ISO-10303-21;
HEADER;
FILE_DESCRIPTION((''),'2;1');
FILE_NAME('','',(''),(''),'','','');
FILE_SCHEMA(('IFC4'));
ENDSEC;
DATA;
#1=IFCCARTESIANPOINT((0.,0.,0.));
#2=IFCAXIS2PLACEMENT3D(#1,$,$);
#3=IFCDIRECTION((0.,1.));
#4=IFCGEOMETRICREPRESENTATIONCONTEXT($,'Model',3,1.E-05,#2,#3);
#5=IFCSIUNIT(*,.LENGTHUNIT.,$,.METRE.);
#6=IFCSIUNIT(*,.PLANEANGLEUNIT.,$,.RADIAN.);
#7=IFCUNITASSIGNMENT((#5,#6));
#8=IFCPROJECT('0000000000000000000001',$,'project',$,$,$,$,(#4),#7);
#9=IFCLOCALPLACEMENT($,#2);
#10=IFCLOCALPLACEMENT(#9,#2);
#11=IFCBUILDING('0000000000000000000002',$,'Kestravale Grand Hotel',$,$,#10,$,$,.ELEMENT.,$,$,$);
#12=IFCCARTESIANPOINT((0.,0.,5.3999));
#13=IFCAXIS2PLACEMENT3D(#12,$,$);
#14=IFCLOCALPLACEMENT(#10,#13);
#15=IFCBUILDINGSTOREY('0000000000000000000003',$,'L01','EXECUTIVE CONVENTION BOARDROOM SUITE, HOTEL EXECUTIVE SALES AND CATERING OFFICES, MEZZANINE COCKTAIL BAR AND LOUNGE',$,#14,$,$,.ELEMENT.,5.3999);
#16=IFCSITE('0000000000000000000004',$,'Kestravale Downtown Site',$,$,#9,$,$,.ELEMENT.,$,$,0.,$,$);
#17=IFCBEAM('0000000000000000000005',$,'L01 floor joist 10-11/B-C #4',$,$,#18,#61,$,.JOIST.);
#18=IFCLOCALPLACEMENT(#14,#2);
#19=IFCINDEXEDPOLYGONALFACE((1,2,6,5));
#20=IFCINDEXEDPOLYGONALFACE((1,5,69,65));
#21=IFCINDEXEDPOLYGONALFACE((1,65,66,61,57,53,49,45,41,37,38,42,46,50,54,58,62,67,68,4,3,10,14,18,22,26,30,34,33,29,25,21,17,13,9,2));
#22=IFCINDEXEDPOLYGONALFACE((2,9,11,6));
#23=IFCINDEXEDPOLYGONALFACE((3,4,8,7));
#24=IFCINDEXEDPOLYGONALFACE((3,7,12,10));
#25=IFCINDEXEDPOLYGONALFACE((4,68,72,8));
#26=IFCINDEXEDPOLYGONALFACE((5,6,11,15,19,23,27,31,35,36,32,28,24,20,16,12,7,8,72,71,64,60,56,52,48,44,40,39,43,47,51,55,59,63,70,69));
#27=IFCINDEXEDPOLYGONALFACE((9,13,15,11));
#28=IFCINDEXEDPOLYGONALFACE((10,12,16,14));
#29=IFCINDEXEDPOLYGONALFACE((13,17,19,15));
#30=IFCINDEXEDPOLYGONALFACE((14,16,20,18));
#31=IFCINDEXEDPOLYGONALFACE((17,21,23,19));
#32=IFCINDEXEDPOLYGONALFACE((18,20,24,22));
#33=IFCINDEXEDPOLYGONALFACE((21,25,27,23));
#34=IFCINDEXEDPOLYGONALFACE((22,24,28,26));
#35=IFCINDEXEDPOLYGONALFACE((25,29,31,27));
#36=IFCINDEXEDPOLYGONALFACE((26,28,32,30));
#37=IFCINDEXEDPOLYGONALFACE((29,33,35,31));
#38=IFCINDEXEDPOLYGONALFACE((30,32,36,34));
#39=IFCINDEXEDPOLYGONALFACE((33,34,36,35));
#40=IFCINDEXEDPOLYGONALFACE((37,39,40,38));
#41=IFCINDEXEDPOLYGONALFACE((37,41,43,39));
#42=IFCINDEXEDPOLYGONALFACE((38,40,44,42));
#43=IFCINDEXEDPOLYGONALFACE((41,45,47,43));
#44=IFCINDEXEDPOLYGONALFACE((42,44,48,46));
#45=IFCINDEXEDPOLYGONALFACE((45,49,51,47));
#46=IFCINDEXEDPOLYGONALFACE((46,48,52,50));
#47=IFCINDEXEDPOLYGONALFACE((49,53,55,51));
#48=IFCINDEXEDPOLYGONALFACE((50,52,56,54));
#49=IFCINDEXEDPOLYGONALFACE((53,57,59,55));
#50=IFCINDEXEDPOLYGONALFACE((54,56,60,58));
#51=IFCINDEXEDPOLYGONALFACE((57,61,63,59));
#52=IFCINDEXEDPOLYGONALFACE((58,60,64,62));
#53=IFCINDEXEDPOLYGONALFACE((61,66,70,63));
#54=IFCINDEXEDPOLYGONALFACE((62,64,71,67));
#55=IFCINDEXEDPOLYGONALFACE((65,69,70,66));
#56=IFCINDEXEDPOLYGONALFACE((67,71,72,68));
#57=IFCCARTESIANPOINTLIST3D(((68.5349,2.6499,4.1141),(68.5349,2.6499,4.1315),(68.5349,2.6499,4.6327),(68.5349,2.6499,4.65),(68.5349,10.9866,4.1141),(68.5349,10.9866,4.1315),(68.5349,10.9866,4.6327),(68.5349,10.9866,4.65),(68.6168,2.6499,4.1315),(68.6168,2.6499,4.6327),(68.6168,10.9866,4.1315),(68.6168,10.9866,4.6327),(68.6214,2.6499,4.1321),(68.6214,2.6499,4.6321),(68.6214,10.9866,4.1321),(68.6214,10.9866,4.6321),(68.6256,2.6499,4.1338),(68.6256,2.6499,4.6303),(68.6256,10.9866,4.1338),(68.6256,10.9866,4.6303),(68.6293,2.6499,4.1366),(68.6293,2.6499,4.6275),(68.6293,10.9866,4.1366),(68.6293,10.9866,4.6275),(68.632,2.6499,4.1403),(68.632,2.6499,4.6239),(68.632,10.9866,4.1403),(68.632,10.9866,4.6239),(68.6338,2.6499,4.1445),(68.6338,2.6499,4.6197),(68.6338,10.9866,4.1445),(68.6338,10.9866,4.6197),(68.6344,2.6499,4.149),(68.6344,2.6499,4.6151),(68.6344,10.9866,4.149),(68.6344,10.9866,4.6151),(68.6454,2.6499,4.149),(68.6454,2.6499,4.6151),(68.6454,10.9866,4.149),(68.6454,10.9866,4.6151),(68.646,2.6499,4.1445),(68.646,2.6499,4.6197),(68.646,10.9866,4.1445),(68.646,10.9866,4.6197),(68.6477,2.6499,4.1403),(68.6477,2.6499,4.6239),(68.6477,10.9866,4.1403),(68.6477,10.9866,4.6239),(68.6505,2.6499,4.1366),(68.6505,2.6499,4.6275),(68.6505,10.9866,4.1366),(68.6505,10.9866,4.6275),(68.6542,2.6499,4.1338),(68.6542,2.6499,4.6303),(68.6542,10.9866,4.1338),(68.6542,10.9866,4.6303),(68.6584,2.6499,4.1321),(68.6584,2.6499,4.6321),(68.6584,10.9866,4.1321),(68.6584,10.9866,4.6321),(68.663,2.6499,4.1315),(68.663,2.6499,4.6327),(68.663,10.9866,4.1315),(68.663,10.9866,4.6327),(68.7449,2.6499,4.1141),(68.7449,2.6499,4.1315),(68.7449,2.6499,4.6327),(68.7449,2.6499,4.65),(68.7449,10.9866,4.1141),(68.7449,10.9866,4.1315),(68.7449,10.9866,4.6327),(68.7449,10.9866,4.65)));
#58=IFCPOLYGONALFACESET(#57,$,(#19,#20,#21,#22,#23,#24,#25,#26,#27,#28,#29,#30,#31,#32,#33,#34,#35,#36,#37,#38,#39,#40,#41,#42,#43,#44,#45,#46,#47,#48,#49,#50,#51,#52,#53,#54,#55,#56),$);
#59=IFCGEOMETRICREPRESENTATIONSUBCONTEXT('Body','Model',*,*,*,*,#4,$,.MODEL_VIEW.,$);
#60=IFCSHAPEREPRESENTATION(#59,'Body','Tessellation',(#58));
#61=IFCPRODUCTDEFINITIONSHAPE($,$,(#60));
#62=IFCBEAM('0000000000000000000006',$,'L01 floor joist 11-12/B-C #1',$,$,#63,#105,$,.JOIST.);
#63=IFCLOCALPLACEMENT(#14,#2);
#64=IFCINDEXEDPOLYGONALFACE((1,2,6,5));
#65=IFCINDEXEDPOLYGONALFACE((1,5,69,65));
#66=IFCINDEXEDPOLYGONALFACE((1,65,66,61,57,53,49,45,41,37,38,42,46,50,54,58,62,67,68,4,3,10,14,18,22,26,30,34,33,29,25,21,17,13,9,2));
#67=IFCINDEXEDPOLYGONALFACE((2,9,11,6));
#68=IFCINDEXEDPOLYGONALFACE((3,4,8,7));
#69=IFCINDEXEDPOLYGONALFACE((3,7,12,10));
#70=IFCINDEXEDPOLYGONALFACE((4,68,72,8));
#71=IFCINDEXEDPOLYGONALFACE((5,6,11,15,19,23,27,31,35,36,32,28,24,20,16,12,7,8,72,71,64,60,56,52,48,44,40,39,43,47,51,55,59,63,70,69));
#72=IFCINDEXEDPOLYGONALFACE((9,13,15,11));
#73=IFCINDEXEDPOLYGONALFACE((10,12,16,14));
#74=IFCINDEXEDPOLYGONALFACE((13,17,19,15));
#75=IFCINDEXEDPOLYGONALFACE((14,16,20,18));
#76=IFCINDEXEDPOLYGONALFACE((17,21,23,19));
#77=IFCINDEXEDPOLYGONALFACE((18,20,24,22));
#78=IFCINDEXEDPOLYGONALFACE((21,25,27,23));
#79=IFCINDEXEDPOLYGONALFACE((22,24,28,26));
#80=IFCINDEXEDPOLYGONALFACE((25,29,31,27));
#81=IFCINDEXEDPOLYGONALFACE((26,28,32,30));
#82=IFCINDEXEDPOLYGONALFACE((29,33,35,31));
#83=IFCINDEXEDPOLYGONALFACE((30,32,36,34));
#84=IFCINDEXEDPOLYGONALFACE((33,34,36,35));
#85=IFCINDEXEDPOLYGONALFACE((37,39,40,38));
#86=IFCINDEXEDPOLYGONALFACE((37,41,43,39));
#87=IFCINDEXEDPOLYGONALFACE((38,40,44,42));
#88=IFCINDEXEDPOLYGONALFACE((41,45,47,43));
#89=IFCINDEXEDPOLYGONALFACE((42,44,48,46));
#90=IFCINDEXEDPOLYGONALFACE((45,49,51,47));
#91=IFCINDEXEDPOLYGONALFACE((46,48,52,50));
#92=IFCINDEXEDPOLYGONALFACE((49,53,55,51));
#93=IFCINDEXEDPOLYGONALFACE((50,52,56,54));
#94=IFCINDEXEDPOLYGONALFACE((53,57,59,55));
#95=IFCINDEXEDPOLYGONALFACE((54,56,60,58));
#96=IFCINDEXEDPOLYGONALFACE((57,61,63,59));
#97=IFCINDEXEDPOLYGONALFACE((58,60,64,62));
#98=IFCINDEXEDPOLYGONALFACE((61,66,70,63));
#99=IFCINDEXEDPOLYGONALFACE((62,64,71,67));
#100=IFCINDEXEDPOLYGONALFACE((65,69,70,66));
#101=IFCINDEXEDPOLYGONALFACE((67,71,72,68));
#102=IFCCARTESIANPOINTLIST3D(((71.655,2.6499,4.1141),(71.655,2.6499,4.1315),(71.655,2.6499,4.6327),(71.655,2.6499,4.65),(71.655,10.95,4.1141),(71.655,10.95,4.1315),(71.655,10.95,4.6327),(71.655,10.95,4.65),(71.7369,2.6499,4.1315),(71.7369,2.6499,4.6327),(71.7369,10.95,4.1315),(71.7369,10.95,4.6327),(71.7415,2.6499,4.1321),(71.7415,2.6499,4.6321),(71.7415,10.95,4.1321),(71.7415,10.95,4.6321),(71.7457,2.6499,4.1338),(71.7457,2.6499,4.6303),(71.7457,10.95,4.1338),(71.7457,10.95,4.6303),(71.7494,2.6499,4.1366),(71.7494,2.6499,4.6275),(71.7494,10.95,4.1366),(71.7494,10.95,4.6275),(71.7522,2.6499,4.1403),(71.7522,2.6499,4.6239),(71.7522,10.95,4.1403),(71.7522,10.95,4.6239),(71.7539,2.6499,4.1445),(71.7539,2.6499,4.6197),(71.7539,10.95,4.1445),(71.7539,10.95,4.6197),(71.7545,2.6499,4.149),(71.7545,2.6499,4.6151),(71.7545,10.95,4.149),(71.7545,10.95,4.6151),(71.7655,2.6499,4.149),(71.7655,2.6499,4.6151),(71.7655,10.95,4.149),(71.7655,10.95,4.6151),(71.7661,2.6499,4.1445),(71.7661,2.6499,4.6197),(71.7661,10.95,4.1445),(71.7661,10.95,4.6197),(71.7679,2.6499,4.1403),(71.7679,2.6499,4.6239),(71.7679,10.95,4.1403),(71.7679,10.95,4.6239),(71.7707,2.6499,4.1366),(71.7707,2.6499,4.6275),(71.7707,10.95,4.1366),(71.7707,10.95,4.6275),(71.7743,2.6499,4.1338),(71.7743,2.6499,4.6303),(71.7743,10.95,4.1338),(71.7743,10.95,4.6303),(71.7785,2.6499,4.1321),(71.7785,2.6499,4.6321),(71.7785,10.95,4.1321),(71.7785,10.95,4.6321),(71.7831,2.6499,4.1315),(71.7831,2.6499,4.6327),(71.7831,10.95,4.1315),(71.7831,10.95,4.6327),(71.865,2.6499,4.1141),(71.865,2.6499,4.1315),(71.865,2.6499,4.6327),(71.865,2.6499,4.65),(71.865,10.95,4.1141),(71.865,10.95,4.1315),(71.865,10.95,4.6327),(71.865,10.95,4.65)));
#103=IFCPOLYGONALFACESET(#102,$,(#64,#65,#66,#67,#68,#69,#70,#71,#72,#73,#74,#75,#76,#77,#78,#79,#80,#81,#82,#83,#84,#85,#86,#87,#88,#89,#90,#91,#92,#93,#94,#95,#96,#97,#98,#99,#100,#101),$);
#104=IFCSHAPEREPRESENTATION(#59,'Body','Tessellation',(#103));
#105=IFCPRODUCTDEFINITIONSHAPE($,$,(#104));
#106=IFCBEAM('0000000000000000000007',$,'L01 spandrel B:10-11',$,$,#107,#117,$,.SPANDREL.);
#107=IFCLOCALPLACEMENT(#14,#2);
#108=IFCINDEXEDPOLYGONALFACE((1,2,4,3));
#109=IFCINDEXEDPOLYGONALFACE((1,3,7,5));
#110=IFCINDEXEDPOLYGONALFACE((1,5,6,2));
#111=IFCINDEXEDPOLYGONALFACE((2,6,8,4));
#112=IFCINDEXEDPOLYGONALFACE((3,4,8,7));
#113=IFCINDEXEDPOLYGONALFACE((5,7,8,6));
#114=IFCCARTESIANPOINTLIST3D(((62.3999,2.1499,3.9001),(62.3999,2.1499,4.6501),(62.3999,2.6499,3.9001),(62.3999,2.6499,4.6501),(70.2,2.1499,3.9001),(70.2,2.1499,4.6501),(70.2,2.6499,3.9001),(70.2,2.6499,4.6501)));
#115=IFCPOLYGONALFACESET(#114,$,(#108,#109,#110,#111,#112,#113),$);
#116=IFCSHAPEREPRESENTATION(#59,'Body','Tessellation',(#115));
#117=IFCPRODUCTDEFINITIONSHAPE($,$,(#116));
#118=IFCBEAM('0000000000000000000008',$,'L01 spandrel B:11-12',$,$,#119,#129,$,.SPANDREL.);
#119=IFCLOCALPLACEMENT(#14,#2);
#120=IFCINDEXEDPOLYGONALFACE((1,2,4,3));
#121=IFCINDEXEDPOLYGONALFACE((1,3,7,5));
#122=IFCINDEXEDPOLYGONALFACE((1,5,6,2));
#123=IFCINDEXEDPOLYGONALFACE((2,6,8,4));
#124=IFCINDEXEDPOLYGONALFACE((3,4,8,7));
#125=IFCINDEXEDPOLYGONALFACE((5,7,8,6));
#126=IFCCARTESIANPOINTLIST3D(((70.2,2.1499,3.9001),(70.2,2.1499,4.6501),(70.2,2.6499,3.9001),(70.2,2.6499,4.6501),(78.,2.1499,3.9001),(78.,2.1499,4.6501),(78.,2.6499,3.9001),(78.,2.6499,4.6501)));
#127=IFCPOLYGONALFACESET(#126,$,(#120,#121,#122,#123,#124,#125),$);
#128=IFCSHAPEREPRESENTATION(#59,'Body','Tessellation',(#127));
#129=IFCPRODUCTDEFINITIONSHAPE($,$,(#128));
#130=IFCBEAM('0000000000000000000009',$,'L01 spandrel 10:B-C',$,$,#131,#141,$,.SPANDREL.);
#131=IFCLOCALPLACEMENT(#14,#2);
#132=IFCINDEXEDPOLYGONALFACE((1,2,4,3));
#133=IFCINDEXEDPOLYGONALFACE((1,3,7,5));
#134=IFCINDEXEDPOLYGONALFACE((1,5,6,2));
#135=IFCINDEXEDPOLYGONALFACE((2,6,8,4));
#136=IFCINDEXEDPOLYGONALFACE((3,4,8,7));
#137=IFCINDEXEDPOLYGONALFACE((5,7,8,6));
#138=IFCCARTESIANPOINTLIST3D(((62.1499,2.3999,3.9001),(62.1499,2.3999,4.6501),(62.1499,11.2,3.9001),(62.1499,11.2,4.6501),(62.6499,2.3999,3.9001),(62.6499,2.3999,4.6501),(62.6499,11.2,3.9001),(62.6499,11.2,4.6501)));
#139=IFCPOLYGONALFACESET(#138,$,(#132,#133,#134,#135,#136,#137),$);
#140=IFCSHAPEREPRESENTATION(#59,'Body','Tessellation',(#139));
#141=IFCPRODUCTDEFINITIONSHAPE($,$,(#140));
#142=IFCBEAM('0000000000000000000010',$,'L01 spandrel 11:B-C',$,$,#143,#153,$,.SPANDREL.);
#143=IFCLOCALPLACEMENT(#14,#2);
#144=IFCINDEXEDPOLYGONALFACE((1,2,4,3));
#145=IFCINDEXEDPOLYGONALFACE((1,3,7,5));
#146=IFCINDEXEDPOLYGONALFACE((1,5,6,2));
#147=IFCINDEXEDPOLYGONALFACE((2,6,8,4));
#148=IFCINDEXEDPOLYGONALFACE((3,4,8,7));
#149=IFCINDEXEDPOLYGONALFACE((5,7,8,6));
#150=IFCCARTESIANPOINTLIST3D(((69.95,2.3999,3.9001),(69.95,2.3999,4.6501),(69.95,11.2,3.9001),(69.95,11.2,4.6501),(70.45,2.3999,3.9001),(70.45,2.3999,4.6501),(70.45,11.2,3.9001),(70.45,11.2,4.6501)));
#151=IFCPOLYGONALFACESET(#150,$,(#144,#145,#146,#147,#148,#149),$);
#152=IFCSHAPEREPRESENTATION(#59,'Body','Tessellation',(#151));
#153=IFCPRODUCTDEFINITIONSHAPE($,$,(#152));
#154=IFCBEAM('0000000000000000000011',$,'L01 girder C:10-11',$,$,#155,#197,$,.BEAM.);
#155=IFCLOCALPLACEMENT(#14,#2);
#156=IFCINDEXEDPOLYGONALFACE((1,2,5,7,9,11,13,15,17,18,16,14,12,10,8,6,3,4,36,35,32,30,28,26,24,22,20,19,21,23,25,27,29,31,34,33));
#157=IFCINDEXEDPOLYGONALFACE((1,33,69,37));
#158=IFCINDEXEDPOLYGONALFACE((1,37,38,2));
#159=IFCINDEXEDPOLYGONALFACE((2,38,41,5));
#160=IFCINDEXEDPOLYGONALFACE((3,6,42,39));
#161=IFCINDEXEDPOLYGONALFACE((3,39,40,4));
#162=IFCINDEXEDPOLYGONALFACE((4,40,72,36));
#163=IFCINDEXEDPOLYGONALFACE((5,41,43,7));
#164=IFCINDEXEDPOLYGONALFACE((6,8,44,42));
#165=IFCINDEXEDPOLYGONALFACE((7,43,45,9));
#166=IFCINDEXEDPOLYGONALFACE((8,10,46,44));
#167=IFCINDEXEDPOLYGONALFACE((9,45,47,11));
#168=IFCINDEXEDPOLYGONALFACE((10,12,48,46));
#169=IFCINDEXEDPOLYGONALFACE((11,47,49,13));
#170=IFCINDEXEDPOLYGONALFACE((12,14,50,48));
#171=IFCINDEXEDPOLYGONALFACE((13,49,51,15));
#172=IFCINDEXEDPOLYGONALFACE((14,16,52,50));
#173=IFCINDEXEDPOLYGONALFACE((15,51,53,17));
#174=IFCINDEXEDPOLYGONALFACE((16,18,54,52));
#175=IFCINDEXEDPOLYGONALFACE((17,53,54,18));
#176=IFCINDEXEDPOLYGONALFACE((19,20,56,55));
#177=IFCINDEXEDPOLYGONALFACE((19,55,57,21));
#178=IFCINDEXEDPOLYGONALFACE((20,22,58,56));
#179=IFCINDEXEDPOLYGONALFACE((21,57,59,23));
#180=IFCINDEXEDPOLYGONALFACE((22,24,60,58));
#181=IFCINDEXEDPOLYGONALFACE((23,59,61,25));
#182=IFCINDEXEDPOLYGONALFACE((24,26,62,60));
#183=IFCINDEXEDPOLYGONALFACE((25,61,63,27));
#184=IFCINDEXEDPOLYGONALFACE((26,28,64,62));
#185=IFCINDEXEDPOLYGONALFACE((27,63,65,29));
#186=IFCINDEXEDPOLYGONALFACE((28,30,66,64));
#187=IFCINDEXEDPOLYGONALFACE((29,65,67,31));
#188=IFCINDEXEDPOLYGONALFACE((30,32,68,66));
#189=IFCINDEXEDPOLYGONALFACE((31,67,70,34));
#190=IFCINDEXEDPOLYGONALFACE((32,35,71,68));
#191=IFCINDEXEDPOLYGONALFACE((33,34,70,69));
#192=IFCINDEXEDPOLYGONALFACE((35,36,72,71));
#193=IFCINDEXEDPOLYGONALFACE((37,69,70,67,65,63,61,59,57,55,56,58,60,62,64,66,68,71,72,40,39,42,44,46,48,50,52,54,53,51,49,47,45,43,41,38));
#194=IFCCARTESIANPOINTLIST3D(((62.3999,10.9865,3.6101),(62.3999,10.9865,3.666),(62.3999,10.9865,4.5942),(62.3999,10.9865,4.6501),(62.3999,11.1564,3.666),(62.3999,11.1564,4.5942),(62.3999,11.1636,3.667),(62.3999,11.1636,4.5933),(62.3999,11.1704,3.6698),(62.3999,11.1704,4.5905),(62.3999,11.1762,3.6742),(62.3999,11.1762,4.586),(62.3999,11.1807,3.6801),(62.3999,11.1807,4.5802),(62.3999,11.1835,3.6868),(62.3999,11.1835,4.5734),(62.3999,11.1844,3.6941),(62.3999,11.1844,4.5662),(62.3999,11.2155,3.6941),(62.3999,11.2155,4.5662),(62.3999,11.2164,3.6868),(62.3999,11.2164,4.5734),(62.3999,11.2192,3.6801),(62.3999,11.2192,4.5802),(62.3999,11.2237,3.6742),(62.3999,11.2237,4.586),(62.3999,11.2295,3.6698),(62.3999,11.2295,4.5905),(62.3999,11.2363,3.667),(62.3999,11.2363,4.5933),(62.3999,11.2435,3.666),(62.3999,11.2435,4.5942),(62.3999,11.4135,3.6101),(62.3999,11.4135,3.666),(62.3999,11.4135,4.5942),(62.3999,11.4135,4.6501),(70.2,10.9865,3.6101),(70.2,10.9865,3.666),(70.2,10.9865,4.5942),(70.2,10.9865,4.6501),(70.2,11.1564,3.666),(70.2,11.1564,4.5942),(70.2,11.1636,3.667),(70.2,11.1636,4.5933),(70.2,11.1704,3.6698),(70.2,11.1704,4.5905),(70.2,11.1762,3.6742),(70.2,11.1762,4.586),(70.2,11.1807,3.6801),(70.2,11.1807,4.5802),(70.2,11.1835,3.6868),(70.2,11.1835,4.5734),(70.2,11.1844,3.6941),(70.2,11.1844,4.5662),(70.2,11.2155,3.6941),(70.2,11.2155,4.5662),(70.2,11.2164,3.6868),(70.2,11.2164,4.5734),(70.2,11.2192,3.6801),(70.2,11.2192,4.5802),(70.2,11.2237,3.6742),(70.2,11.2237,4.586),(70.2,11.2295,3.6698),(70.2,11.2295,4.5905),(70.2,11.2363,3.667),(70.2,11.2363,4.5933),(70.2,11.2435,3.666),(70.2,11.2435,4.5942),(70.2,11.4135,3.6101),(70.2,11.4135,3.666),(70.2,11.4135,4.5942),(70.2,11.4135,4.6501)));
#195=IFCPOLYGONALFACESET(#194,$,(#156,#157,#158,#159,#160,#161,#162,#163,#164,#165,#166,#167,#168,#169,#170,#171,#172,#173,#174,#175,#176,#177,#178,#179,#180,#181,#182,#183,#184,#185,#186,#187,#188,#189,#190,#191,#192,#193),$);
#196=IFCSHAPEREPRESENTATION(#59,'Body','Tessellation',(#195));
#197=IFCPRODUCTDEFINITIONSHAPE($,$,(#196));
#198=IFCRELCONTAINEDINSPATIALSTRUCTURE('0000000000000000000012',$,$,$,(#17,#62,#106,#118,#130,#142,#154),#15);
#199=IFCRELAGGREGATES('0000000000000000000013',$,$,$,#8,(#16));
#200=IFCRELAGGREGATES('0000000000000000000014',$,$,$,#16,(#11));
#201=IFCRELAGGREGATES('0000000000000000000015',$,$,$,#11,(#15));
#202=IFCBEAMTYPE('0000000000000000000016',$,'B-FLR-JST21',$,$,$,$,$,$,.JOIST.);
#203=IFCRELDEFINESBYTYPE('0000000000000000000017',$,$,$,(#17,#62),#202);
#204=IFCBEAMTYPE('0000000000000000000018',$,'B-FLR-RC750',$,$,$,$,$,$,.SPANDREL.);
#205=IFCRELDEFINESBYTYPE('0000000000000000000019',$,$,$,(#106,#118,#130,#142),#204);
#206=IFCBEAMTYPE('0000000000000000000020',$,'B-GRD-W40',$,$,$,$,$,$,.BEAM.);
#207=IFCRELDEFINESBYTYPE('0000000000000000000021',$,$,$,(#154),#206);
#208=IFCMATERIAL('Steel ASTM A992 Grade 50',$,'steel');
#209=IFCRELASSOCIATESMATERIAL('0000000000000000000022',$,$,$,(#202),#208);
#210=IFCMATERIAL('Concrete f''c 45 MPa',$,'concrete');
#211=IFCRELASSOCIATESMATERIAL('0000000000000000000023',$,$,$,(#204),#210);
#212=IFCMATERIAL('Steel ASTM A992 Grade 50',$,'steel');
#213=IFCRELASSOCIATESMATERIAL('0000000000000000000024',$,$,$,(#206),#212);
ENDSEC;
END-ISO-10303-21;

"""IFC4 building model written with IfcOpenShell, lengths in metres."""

from ifc_helpers import new_model, si_unit, direction, frame, origin, origin_2d, place, context, subcontext, project, spatial, rectangle, i_section, extrude, material, material_profile, profile_set, type_object, element, save


model = new_model("IFC4")

# Units and contexts
model_context = context("Model", 3, precision=1e-05, world=origin(), true_north=direction((0.0, 1.0)))
body_context = subcontext(model_context, "Body", "Model", "MODEL_VIEW")
ifc_project = project(units=[si_unit("LENGTHUNIT", "METRE"), si_unit("PLANEANGLEUNIT", "RADIAN")], contexts=[model_context])

# Site, building, storey
site_placement = place(None, origin())
site = spatial("IfcSite", under=ifc_project, at=site_placement, Name="Kestravale Downtown Site", CompositionType="ELEMENT", RefElevation=0.0)
building_placement = place(site_placement, origin())
building = spatial("IfcBuilding", under=site, at=building_placement, Name="Kestravale Grand Hotel", CompositionType="ELEMENT")
storey_placement = place(building_placement, frame((0.0, 0.0, 5.3999)))
storey = spatial("IfcBuildingStorey", under=building, at=storey_placement, Name="L01", Description="EXECUTIVE CONVENTION BOARDROOM SUITE, HOTEL EXECUTIVE SALES AND CATERING OFFICES, MEZZANINE COCKTAIL BAR AND LOUNGE", CompositionType="ELEMENT", Elevation=5.3999)

# Beams
ifc_material_1 = material(Name="Steel ASTM A992 Grade 50", Category="steel")
ifc_material_profile_1 = material_profile(ifc_material_1, i_section(OverallWidth=0.21, OverallDepth=0.5359, WebThickness=0.011, FlangeThickness=0.0173, FilletRadius=0.0176, at=origin_2d()))
ifc_profile_set_1 = profile_set([ifc_material_profile_1], Name="Steel ASTM A992 Grade 50")
beam_type_1 = type_object("IfcBeamType", Name="B-FLR-JST21", PredefinedType="JOIST", material=ifc_profile_set_1)
for number, where, z_axis, x_axis, name in (
    (1, (68.6399, 2.6499, 4.3821), (0.0, 1.0, 0.0), (-1.0, 0.0, 0.0), "L01 floor joist 10-11/B-C #4"),
):
    element("IfcBeam", number, at=place(storey_placement, frame(where, z_axis=z_axis, x_axis=x_axis)), inside=storey, type_object=beam_type_1, Name=name, PredefinedType="JOIST", context=body_context, shape_type="SweptSolid", body=[
        extrude(i_section(OverallWidth=0.21, OverallDepth=0.5359, WebThickness=0.011, FlangeThickness=0.0173, FilletRadius=0.0176, at=origin_2d()), origin(), (0.0, 0.0, 1.0), 8.3367),
    ])
beam_1_placement = place(storey_placement, frame((71.76, 2.6499, 4.3821), z_axis=(0.0, 1.0, 0.0), x_axis=(-1.0, 0.0, 0.0)))
element("IfcBeam", 2, at=beam_1_placement, inside=storey, type_object=beam_type_1, Name="L01 floor joist 11-12/B-C #1", PredefinedType="JOIST", context=body_context, shape_type="SweptSolid", body=[
    extrude(i_section(OverallWidth=0.21, OverallDepth=0.5359, WebThickness=0.011, FlangeThickness=0.0173, FilletRadius=0.0176, at=origin_2d()), origin(), (0.0, 0.0, 1.0), 8.3),
])
ifc_material_2 = material(Name="Concrete f'c 45 MPa", Category="concrete")
ifc_material_profile_2 = material_profile(ifc_material_2, rectangle(XDim=0.5, YDim=0.75, at=origin_2d()))
ifc_profile_set_2 = profile_set([ifc_material_profile_2], Name="Concrete f'c 45 MPa")
beam_type_2 = type_object("IfcBeamType", Name="B-FLR-RC750", PredefinedType="SPANDREL", material=ifc_profile_set_2)
for number, where, z_axis, x_axis, name in (
    (3, (62.3999, 2.3999, 4.2751), (1.0, 0.0, 0.0), (0.0, 1.0, 0.0), "L01 spandrel B:10-11"),
    (4, (70.2, 2.3999, 4.2751), (1.0, 0.0, 0.0), (0.0, 1.0, 0.0), "L01 spandrel B:11-12"),
):
    element("IfcBeam", number, at=place(storey_placement, frame(where, z_axis=z_axis, x_axis=x_axis)), inside=storey, type_object=beam_type_2, Name=name, PredefinedType="SPANDREL", context=body_context, shape_type="SweptSolid", body=[
        extrude(rectangle(XDim=0.5, YDim=0.75, at=origin_2d()), origin(), (0.0, 0.0, 1.0), 7.8),
    ])
for number, where, z_axis, x_axis, name in (
    (5, (62.3999, 2.3999, 4.2751), (0.0, 1.0, 0.0), (-1.0, 0.0, 0.0), "L01 spandrel 10:B-C"),
    (6, (70.2, 2.3999, 4.2751), (0.0, 1.0, 0.0), (-1.0, 0.0, 0.0), "L01 spandrel 11:B-C"),
):
    element("IfcBeam", number, at=place(storey_placement, frame(where, z_axis=z_axis, x_axis=x_axis)), inside=storey, type_object=beam_type_2, Name=name, PredefinedType="SPANDREL", context=body_context, shape_type="SweptSolid", body=[
        extrude(rectangle(XDim=0.5, YDim=0.75, at=origin_2d()), origin(), (0.0, 0.0, 1.0), 8.8),
    ])
ifc_material_3 = material(Name="Steel ASTM A992 Grade 50", Category="steel")
ifc_material_profile_3 = material_profile(ifc_material_3, i_section(OverallWidth=0.427, OverallDepth=1.04, WebThickness=0.031, FlangeThickness=0.0559, FilletRadius=0.0281, at=origin_2d()))
ifc_profile_set_3 = profile_set([ifc_material_profile_3], Name="Steel ASTM A992 Grade 50")
beam_type_3 = type_object("IfcBeamType", Name="B-GRD-W40", PredefinedType="BEAM", material=ifc_profile_set_3)
beam_2_placement = place(storey_placement, frame((62.3999, 11.2, 4.1301), z_axis=(1.0, 0.0, 0.0), x_axis=(0.0, 1.0, 0.0)))
element("IfcBeam", 7, at=beam_2_placement, inside=storey, type_object=beam_type_3, Name="L01 girder C:10-11", PredefinedType="BEAM", context=body_context, shape_type="SweptSolid", body=[
    extrude(i_section(OverallWidth=0.427, OverallDepth=1.04, WebThickness=0.031, FlangeThickness=0.0559, FilletRadius=0.0281, at=origin_2d()), origin(), (0.0, 0.0, 1.0), 7.8),
])

save(model, "model.ifc")
